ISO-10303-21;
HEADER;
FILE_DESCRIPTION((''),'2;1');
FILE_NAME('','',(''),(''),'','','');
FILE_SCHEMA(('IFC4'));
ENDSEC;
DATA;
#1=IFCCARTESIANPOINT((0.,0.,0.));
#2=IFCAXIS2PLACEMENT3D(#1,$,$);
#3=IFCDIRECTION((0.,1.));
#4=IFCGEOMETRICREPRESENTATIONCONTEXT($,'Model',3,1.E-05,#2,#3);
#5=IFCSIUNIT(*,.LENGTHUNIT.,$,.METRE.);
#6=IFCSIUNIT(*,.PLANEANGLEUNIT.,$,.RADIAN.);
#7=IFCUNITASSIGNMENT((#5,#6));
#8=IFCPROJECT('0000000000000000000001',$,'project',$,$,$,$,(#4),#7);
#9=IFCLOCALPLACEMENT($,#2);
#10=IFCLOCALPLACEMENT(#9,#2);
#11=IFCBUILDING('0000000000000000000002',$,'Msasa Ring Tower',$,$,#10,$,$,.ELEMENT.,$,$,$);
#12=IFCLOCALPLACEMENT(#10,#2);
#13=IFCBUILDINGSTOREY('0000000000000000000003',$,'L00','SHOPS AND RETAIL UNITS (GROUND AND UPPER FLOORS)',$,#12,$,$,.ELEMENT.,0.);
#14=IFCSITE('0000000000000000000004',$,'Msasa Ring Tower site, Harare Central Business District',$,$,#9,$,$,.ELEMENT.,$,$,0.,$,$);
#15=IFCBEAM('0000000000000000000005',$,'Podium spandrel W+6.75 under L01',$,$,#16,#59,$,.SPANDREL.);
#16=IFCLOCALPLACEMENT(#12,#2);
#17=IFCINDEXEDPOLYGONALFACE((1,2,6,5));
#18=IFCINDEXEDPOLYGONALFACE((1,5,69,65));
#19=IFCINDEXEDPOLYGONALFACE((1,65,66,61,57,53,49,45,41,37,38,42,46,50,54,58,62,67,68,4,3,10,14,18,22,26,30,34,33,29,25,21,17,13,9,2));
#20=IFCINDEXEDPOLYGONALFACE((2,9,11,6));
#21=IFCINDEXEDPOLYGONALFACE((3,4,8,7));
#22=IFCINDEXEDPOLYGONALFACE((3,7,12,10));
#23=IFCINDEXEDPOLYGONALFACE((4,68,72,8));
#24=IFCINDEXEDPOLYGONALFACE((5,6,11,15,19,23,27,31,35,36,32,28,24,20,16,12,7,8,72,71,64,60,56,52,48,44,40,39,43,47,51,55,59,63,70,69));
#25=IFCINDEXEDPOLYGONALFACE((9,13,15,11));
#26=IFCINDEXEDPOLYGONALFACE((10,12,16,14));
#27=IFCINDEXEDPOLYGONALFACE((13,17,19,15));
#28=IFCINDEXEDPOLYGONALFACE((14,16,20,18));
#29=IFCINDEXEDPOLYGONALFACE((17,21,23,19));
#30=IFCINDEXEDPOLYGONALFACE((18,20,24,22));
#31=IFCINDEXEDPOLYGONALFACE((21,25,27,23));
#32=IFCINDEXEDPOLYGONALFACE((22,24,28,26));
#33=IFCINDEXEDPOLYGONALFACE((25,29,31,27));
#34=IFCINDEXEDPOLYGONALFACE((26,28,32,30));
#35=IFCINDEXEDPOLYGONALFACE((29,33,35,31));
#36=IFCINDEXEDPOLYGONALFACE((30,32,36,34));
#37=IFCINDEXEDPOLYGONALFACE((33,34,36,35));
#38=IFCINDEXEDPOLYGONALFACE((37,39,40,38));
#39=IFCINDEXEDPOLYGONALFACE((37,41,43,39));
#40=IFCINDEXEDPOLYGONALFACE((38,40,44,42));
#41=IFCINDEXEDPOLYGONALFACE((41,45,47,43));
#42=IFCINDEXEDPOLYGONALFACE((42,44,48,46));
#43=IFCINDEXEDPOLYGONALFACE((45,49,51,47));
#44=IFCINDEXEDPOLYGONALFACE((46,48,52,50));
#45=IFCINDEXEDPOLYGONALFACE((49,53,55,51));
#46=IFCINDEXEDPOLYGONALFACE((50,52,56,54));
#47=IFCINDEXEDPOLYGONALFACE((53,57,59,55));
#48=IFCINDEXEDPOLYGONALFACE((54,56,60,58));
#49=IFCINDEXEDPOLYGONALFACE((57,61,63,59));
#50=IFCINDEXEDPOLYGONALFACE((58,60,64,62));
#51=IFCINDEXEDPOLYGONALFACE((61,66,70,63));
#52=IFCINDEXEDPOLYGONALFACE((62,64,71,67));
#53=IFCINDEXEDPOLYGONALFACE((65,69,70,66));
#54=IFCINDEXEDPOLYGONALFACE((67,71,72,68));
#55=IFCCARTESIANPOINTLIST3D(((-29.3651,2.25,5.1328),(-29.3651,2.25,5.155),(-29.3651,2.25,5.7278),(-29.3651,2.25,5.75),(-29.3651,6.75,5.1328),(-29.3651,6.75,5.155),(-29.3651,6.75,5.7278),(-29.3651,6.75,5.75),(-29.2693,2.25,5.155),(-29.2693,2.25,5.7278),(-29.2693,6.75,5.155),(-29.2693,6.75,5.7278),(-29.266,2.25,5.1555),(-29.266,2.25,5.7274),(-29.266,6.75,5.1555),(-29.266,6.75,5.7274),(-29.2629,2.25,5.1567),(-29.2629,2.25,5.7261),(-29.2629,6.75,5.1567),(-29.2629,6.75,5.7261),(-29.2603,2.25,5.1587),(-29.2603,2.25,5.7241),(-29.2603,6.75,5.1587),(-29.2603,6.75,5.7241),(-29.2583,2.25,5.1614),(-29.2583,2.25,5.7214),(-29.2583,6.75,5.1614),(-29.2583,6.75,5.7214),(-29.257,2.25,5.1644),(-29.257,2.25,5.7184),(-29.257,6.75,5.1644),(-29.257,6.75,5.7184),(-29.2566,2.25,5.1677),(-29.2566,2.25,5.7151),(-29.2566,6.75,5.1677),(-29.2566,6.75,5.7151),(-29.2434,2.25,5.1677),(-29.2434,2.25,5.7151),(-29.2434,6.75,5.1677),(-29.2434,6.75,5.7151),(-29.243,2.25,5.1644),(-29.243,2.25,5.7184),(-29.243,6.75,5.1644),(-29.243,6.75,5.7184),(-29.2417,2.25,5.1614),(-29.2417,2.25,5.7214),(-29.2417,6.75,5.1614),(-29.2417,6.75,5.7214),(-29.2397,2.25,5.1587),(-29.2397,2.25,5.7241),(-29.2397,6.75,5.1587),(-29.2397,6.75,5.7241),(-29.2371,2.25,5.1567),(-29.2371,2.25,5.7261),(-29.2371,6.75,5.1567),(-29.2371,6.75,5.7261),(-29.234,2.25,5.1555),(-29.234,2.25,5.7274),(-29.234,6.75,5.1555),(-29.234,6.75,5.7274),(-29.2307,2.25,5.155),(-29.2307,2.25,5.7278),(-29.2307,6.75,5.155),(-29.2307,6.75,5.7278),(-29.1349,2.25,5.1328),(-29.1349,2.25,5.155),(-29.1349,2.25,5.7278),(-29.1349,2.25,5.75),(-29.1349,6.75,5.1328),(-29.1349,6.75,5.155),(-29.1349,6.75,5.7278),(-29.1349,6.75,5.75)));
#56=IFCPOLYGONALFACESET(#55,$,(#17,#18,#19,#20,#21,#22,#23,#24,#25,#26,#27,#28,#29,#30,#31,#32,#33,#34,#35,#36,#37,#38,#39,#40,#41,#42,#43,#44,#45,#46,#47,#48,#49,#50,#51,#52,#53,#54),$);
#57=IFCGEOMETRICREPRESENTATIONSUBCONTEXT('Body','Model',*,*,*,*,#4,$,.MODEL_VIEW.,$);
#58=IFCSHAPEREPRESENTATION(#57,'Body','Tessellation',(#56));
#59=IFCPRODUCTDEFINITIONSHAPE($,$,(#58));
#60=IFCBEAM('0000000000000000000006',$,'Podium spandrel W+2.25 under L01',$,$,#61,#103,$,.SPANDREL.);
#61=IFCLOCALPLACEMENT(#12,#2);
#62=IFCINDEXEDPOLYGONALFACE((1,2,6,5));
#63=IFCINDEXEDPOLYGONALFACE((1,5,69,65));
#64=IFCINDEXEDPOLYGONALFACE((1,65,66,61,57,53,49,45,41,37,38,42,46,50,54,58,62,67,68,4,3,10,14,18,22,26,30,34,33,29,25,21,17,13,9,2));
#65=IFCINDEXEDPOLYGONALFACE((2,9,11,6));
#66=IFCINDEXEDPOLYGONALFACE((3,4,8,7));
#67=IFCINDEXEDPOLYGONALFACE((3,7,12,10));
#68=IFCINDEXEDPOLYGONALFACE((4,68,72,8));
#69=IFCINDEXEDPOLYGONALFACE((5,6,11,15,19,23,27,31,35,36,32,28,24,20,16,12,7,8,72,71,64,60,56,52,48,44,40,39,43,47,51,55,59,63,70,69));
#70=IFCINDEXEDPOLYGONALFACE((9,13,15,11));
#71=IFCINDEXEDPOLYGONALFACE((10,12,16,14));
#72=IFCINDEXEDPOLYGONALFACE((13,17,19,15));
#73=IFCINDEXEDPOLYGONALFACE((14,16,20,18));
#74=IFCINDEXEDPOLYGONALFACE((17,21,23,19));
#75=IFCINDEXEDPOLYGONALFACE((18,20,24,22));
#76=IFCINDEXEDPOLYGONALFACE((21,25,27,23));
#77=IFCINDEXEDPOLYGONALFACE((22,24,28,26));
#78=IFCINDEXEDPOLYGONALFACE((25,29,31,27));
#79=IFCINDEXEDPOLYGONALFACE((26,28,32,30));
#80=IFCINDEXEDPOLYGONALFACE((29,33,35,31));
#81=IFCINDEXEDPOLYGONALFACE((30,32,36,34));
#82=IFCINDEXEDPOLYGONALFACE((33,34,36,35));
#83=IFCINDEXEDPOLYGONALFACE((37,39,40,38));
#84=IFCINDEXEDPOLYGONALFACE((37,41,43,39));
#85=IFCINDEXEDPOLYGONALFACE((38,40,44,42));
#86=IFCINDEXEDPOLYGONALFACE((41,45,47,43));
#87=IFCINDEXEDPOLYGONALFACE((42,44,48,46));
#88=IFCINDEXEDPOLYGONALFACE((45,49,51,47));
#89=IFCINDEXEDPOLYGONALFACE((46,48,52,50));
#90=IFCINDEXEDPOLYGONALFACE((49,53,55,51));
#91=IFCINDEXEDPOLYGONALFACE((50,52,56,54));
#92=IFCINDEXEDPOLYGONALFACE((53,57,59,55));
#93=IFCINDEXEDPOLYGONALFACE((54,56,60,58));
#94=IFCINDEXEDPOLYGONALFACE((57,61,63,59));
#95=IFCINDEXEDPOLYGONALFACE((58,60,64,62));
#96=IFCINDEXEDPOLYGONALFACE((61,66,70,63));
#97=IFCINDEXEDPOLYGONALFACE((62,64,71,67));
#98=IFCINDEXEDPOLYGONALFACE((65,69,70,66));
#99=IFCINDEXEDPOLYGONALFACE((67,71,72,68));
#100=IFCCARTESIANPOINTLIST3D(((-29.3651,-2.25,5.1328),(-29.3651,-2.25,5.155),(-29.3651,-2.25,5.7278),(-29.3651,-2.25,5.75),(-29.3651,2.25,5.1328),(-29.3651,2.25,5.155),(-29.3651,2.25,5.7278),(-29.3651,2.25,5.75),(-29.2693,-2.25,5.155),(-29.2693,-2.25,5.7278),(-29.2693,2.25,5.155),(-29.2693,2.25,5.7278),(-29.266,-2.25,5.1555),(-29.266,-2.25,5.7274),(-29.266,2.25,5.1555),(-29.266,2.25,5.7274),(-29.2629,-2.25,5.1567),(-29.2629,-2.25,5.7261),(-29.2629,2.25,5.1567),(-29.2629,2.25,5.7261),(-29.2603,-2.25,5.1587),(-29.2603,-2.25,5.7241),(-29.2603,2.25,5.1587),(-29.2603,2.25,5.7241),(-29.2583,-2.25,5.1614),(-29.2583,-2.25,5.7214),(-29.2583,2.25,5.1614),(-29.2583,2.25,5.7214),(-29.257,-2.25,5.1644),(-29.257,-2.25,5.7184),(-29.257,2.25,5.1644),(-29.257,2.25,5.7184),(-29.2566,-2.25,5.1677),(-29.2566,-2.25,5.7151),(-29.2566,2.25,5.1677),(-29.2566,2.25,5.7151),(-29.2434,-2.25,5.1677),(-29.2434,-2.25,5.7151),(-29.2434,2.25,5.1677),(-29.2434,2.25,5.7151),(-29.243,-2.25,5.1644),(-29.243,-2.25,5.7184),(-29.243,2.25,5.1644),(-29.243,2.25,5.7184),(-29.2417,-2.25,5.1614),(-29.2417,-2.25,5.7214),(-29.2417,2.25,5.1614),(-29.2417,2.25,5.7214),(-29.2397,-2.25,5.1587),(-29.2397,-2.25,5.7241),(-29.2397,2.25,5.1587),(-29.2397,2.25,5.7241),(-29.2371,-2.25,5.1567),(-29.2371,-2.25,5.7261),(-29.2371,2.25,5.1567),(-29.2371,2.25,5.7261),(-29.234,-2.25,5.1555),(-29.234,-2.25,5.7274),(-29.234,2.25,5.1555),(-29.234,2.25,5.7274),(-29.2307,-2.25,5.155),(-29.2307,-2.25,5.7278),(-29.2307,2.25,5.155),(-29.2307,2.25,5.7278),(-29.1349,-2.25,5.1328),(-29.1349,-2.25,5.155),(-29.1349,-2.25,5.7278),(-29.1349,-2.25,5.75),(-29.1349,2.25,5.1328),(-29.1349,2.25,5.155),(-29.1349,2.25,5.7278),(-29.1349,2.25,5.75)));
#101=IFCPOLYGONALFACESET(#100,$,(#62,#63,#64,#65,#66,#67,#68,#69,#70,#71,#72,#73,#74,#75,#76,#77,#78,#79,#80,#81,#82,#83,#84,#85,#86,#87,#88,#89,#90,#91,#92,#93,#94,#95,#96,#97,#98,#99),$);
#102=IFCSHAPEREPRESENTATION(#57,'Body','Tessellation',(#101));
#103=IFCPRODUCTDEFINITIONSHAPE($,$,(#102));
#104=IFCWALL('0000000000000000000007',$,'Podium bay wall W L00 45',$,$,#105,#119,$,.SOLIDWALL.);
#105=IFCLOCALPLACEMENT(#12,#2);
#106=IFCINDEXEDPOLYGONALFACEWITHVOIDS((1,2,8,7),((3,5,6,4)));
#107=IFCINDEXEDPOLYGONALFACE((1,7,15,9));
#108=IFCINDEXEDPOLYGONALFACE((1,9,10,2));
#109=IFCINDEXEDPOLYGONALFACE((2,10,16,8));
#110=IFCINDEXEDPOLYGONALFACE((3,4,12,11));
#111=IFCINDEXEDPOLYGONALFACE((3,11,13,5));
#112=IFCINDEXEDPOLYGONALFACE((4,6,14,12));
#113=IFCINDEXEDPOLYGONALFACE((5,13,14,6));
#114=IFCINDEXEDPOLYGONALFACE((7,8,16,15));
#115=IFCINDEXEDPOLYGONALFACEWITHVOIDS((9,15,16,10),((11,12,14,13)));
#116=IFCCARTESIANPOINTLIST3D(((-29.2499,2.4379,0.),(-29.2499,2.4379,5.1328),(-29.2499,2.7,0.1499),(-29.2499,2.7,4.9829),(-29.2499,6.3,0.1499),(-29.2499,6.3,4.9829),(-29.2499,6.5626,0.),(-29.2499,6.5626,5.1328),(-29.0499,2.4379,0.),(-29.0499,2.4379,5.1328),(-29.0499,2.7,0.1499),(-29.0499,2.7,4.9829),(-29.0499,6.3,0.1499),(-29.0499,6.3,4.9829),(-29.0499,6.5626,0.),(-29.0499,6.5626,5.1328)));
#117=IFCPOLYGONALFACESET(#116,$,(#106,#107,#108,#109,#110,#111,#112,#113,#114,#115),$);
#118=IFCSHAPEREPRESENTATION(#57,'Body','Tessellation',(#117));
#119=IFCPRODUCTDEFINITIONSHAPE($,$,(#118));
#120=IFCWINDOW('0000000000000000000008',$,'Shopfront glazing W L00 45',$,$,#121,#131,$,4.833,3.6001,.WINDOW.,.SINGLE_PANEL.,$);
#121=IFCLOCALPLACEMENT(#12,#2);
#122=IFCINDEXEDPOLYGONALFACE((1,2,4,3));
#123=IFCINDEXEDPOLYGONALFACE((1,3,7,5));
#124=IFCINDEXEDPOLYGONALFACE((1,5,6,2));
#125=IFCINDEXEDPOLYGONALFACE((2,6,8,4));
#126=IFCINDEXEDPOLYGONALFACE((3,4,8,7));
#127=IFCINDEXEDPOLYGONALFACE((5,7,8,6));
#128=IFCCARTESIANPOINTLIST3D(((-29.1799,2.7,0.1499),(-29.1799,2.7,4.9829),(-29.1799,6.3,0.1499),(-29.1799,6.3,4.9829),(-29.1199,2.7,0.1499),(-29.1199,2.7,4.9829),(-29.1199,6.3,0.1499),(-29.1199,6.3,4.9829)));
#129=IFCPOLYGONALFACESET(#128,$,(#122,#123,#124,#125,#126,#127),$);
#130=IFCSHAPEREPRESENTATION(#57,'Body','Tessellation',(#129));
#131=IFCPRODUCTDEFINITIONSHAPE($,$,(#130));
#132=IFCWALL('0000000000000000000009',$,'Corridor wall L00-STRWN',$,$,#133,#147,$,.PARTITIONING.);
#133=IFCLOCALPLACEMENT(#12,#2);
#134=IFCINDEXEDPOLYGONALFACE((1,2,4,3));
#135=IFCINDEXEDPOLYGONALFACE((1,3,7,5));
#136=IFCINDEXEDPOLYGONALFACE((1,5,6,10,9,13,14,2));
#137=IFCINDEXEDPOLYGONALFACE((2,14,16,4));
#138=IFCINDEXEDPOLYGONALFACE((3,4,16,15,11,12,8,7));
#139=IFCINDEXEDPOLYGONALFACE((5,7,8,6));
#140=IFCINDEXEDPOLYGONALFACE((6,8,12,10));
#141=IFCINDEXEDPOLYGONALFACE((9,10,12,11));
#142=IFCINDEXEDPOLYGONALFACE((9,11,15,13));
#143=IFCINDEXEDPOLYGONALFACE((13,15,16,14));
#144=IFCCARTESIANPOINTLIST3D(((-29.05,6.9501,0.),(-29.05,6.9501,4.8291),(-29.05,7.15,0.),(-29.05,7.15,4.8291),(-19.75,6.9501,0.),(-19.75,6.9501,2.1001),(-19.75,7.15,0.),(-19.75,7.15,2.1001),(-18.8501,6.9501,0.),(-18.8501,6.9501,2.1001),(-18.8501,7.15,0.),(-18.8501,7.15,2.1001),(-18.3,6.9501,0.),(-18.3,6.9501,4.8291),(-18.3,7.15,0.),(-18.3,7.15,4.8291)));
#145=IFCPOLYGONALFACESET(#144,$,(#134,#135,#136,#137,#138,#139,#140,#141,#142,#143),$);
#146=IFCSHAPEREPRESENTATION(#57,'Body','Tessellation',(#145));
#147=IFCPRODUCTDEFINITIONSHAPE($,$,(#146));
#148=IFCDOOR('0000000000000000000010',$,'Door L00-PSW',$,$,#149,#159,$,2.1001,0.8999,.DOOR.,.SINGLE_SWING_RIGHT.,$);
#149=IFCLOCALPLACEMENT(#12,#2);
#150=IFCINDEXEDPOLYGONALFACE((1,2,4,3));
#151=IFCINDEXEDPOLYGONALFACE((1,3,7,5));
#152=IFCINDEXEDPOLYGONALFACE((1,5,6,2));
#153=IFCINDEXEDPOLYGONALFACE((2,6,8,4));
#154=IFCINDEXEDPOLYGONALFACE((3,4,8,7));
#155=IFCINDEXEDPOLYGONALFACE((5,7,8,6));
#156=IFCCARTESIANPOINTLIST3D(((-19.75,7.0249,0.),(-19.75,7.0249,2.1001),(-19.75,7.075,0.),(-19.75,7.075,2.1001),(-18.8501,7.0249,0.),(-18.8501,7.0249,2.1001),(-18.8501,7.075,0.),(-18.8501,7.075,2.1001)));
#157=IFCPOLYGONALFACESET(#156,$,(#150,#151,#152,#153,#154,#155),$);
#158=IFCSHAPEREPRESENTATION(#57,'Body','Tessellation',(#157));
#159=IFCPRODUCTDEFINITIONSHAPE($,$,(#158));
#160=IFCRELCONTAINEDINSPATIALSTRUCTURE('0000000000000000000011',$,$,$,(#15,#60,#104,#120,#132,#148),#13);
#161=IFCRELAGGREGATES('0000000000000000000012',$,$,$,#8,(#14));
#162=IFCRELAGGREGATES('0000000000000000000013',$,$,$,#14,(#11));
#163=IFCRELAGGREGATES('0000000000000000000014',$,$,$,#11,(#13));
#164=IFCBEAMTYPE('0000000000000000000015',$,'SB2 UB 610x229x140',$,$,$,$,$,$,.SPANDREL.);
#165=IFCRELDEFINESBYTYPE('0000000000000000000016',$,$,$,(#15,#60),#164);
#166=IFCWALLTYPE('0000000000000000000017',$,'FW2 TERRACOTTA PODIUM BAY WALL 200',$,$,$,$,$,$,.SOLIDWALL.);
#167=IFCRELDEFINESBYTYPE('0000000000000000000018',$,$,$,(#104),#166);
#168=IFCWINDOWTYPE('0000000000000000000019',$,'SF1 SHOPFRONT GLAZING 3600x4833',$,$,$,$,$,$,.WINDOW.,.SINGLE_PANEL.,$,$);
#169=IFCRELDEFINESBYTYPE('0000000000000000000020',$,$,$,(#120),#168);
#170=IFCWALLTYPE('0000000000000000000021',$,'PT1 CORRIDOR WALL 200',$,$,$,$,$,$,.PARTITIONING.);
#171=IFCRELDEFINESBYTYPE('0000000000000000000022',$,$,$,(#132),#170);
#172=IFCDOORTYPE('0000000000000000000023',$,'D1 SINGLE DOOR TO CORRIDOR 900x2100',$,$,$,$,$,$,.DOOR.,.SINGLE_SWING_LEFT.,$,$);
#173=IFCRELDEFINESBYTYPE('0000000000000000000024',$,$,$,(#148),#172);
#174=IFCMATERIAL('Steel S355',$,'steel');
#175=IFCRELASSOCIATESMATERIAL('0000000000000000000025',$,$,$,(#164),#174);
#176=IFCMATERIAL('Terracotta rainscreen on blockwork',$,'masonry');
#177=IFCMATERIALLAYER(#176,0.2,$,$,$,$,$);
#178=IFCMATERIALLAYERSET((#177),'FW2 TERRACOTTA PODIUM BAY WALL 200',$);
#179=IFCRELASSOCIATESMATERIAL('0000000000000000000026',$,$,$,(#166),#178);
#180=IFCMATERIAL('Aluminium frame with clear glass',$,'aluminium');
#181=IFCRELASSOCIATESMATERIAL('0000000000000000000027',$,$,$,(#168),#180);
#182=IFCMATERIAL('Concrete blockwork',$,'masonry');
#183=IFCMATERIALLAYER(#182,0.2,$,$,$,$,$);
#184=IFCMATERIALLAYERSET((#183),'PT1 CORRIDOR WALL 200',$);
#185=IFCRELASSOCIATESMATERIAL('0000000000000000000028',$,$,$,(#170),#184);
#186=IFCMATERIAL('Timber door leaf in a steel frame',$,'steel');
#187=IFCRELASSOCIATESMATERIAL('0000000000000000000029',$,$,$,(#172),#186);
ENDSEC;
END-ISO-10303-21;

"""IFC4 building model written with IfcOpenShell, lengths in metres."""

from ifc_helpers import new_model, si_unit, direction, frame, frame_2d, origin, origin_2d, place, context, subcontext, project, spatial, rectangle, i_section, extrude, material, layer, layer_set, material_profile, profile_set, type_object, element, fill, save


model = new_model("IFC4")

# Units and contexts
model_context = context("Model", 3, precision=1e-05, world=origin(), true_north=direction((0.0, 1.0)))
body_context = subcontext(model_context, "Body", "Model", "MODEL_VIEW")
ifc_project = project(units=[si_unit("LENGTHUNIT", "METRE"), si_unit("PLANEANGLEUNIT", "RADIAN")], contexts=[model_context])

# Site, building, storey
site_placement = place(None, origin())
site = spatial("IfcSite", under=ifc_project, at=site_placement, Name="Msasa Ring Tower site, Harare Central Business District", CompositionType="ELEMENT", RefElevation=0.0)
building_placement = place(site_placement, origin())
building = spatial("IfcBuilding", under=site, at=building_placement, Name="Msasa Ring Tower", CompositionType="ELEMENT")
storey_placement = place(building_placement, origin())
storey = spatial("IfcBuildingStorey", under=building, at=storey_placement, Name="L00", Description="SHOPS AND RETAIL UNITS (GROUND AND UPPER FLOORS)", CompositionType="ELEMENT", Elevation=0.0)

# Beams
ifc_material_1 = material(Name="Steel S355", Category="steel")
ifc_material_profile_1 = material_profile(ifc_material_1, i_section(OverallWidth=0.2302, OverallDepth=0.6172, WebThickness=0.0132, FlangeThickness=0.0222, FilletRadius=0.0127, at=origin_2d()), Name="UB 610x229x140")
ifc_profile_set_1 = profile_set([ifc_material_profile_1], Name="Steel S355")
beam_type_1 = type_object("IfcBeamType", Name="SB2 UB 610x229x140", PredefinedType="SPANDREL", material=ifc_profile_set_1)
for number, where, z_axis, x_axis, name in (
    (1, (-29.25, 6.75, 5.4414), (0.0, -1.0, 0.0), (1.0, 0.0, 0.0), "Podium spandrel W+6.75 under L01"),
    (2, (-29.25, 2.25, 5.4414), (0.0, -1.0, 0.0), (1.0, 0.0, 0.0), "Podium spandrel W+2.25 under L01"),
):
    element("IfcBeam", number, at=place(storey_placement, frame(where, z_axis=z_axis, x_axis=x_axis)), inside=storey, type_object=beam_type_1, Name=name, PredefinedType="SPANDREL", context=body_context, shape_type="SweptSolid", body=[
        extrude(i_section(OverallWidth=0.2302, OverallDepth=0.6172, WebThickness=0.0132, FlangeThickness=0.0222, FilletRadius=0.0127, at=origin_2d()), origin(), (0.0, 0.0, 1.0), 4.5),
    ])

# Wall, opening, window
ifc_material_2 = material(Name="Terracotta rainscreen on blockwork", Category="masonry")
ifc_layer_1 = layer(ifc_material_2, 0.2)
ifc_layer_set_1 = layer_set([ifc_layer_1], Name="FW2 TERRACOTTA PODIUM BAY WALL 200")
wall_type_1 = type_object("IfcWallType", Name="FW2 TERRACOTTA PODIUM BAY WALL 200", PredefinedType="SOLIDWALL", material=ifc_layer_set_1)
wall_1_placement = place(storey_placement, frame((-29.1499, 2.4377, 0.0), z_axis=(0.0, 0.0, 1.0), x_axis=(0.0, 1.0, 0.0)))
wall_1 = element("IfcWall", 3, at=wall_1_placement, inside=storey, type_object=wall_type_1, Name="Podium bay wall W L00 45", PredefinedType="SOLIDWALL", context=body_context, shape_type="SweptSolid", body=[
    extrude(rectangle(XDim=4.1248, YDim=0.2, at=frame_2d((2.0625, 0.0))), origin(), (0.0, 0.0, 1.0), 5.1328),
])
opening_1_placement = place(wall_1_placement, frame((0.2622, 0.0, 0.1499)))
opening_1 = element("IfcOpeningElement", 4, at=opening_1_placement, cuts=wall_1, PredefinedType="OPENING", context=body_context, shape_type="SweptSolid", body=[
    extrude(rectangle(XDim=3.6001, YDim=4.833, at=frame_2d((1.8, 2.4165))), frame((0.0, 0.1099, 0.0), z_axis=(0.0, -1.0, 0.0), x_axis=(1.0, 0.0, 0.0)), (0.0, 0.0, 1.0), 0.22),
])
ifc_material_3 = material(Name="Aluminium frame with clear glass", Category="aluminium")
window_type_1 = type_object("IfcWindowType", Name="SF1 SHOPFRONT GLAZING 3600x4833", PartitioningType="SINGLE_PANEL", PredefinedType="WINDOW", material=ifc_material_3)
window_1_placement = place(opening_1_placement, origin())
window_1 = element("IfcWindow", 5, at=window_1_placement, inside=storey, type_object=window_type_1, Name="Shopfront glazing W L00 45", OverallHeight=4.833, OverallWidth=3.6001, PartitioningType="SINGLE_PANEL", PredefinedType="WINDOW", context=body_context, shape_type="SweptSolid", body=[
    extrude(rectangle(XDim=3.6001, YDim=4.833, at=frame_2d((1.8, 2.4165))), frame((0.0, 0.03, 0.0), z_axis=(0.0, -1.0, 0.0), x_axis=(1.0, 0.0, 0.0)), (0.0, 0.0, 1.0), 0.0601),
])
fill(opening_1, window_1)

# Wall, opening, door
ifc_material_4 = material(Name="Concrete blockwork", Category="masonry")
ifc_layer_2 = layer(ifc_material_4, 0.2)
ifc_layer_set_2 = layer_set([ifc_layer_2], Name="PT1 CORRIDOR WALL 200")
wall_type_2 = type_object("IfcWallType", Name="PT1 CORRIDOR WALL 200", PredefinedType="PARTITIONING", material=ifc_layer_set_2)
wall_2_placement = place(storey_placement, frame((-29.05, 7.05, 0.0), z_axis=(0.0, 0.0, 1.0), x_axis=(1.0, 0.0, 0.0)))
wall_2 = element("IfcWall", 6, at=wall_2_placement, inside=storey, type_object=wall_type_2, Name="Corridor wall L00-STRWN", PredefinedType="PARTITIONING", context=body_context, shape_type="SweptSolid", body=[
    extrude(rectangle(XDim=10.75, YDim=0.2, at=frame_2d((5.375, 0.0))), origin(), (0.0, 0.0, 1.0), 4.8291),
])
opening_2_placement = place(wall_2_placement, frame((9.3, 0.0, 0.0)))
opening_2 = element("IfcOpeningElement", 7, at=opening_2_placement, cuts=wall_2, PredefinedType="OPENING", context=body_context, shape_type="SweptSolid", body=[
    extrude(rectangle(XDim=0.8999, YDim=2.1001, at=frame_2d((0.45, 1.05))), frame((0.0, 0.1099, 0.0), z_axis=(0.0, -1.0, 0.0), x_axis=(1.0, 0.0, 0.0)), (0.0, 0.0, 1.0), 0.22),
])
ifc_material_5 = material(Name="Timber door leaf in a steel frame", Category="steel")
door_type_1 = type_object("IfcDoorType", Name="D1 SINGLE DOOR TO CORRIDOR 900x2100", OperationType="SINGLE_SWING_LEFT", PredefinedType="DOOR", material=ifc_material_5)
door_1_placement = place(opening_2_placement, origin())
door_1 = element("IfcDoor", 8, at=door_1_placement, inside=storey, type_object=door_type_1, Name="Door L00-PSW", OperationType="SINGLE_SWING_RIGHT", OverallHeight=2.1001, OverallWidth=0.8999, PredefinedType="DOOR", context=body_context, shape_type="SweptSolid", body=[
    extrude(rectangle(XDim=0.8999, YDim=2.1001, at=frame_2d((0.45, 1.05))), frame((0.0, 0.0249, 0.0), z_axis=(0.0, -1.0, 0.0), x_axis=(1.0, 0.0, 0.0)), (0.0, 0.0, 1.0), 0.05),
])
fill(opening_2, door_1)

save(model, "model.ifc")
